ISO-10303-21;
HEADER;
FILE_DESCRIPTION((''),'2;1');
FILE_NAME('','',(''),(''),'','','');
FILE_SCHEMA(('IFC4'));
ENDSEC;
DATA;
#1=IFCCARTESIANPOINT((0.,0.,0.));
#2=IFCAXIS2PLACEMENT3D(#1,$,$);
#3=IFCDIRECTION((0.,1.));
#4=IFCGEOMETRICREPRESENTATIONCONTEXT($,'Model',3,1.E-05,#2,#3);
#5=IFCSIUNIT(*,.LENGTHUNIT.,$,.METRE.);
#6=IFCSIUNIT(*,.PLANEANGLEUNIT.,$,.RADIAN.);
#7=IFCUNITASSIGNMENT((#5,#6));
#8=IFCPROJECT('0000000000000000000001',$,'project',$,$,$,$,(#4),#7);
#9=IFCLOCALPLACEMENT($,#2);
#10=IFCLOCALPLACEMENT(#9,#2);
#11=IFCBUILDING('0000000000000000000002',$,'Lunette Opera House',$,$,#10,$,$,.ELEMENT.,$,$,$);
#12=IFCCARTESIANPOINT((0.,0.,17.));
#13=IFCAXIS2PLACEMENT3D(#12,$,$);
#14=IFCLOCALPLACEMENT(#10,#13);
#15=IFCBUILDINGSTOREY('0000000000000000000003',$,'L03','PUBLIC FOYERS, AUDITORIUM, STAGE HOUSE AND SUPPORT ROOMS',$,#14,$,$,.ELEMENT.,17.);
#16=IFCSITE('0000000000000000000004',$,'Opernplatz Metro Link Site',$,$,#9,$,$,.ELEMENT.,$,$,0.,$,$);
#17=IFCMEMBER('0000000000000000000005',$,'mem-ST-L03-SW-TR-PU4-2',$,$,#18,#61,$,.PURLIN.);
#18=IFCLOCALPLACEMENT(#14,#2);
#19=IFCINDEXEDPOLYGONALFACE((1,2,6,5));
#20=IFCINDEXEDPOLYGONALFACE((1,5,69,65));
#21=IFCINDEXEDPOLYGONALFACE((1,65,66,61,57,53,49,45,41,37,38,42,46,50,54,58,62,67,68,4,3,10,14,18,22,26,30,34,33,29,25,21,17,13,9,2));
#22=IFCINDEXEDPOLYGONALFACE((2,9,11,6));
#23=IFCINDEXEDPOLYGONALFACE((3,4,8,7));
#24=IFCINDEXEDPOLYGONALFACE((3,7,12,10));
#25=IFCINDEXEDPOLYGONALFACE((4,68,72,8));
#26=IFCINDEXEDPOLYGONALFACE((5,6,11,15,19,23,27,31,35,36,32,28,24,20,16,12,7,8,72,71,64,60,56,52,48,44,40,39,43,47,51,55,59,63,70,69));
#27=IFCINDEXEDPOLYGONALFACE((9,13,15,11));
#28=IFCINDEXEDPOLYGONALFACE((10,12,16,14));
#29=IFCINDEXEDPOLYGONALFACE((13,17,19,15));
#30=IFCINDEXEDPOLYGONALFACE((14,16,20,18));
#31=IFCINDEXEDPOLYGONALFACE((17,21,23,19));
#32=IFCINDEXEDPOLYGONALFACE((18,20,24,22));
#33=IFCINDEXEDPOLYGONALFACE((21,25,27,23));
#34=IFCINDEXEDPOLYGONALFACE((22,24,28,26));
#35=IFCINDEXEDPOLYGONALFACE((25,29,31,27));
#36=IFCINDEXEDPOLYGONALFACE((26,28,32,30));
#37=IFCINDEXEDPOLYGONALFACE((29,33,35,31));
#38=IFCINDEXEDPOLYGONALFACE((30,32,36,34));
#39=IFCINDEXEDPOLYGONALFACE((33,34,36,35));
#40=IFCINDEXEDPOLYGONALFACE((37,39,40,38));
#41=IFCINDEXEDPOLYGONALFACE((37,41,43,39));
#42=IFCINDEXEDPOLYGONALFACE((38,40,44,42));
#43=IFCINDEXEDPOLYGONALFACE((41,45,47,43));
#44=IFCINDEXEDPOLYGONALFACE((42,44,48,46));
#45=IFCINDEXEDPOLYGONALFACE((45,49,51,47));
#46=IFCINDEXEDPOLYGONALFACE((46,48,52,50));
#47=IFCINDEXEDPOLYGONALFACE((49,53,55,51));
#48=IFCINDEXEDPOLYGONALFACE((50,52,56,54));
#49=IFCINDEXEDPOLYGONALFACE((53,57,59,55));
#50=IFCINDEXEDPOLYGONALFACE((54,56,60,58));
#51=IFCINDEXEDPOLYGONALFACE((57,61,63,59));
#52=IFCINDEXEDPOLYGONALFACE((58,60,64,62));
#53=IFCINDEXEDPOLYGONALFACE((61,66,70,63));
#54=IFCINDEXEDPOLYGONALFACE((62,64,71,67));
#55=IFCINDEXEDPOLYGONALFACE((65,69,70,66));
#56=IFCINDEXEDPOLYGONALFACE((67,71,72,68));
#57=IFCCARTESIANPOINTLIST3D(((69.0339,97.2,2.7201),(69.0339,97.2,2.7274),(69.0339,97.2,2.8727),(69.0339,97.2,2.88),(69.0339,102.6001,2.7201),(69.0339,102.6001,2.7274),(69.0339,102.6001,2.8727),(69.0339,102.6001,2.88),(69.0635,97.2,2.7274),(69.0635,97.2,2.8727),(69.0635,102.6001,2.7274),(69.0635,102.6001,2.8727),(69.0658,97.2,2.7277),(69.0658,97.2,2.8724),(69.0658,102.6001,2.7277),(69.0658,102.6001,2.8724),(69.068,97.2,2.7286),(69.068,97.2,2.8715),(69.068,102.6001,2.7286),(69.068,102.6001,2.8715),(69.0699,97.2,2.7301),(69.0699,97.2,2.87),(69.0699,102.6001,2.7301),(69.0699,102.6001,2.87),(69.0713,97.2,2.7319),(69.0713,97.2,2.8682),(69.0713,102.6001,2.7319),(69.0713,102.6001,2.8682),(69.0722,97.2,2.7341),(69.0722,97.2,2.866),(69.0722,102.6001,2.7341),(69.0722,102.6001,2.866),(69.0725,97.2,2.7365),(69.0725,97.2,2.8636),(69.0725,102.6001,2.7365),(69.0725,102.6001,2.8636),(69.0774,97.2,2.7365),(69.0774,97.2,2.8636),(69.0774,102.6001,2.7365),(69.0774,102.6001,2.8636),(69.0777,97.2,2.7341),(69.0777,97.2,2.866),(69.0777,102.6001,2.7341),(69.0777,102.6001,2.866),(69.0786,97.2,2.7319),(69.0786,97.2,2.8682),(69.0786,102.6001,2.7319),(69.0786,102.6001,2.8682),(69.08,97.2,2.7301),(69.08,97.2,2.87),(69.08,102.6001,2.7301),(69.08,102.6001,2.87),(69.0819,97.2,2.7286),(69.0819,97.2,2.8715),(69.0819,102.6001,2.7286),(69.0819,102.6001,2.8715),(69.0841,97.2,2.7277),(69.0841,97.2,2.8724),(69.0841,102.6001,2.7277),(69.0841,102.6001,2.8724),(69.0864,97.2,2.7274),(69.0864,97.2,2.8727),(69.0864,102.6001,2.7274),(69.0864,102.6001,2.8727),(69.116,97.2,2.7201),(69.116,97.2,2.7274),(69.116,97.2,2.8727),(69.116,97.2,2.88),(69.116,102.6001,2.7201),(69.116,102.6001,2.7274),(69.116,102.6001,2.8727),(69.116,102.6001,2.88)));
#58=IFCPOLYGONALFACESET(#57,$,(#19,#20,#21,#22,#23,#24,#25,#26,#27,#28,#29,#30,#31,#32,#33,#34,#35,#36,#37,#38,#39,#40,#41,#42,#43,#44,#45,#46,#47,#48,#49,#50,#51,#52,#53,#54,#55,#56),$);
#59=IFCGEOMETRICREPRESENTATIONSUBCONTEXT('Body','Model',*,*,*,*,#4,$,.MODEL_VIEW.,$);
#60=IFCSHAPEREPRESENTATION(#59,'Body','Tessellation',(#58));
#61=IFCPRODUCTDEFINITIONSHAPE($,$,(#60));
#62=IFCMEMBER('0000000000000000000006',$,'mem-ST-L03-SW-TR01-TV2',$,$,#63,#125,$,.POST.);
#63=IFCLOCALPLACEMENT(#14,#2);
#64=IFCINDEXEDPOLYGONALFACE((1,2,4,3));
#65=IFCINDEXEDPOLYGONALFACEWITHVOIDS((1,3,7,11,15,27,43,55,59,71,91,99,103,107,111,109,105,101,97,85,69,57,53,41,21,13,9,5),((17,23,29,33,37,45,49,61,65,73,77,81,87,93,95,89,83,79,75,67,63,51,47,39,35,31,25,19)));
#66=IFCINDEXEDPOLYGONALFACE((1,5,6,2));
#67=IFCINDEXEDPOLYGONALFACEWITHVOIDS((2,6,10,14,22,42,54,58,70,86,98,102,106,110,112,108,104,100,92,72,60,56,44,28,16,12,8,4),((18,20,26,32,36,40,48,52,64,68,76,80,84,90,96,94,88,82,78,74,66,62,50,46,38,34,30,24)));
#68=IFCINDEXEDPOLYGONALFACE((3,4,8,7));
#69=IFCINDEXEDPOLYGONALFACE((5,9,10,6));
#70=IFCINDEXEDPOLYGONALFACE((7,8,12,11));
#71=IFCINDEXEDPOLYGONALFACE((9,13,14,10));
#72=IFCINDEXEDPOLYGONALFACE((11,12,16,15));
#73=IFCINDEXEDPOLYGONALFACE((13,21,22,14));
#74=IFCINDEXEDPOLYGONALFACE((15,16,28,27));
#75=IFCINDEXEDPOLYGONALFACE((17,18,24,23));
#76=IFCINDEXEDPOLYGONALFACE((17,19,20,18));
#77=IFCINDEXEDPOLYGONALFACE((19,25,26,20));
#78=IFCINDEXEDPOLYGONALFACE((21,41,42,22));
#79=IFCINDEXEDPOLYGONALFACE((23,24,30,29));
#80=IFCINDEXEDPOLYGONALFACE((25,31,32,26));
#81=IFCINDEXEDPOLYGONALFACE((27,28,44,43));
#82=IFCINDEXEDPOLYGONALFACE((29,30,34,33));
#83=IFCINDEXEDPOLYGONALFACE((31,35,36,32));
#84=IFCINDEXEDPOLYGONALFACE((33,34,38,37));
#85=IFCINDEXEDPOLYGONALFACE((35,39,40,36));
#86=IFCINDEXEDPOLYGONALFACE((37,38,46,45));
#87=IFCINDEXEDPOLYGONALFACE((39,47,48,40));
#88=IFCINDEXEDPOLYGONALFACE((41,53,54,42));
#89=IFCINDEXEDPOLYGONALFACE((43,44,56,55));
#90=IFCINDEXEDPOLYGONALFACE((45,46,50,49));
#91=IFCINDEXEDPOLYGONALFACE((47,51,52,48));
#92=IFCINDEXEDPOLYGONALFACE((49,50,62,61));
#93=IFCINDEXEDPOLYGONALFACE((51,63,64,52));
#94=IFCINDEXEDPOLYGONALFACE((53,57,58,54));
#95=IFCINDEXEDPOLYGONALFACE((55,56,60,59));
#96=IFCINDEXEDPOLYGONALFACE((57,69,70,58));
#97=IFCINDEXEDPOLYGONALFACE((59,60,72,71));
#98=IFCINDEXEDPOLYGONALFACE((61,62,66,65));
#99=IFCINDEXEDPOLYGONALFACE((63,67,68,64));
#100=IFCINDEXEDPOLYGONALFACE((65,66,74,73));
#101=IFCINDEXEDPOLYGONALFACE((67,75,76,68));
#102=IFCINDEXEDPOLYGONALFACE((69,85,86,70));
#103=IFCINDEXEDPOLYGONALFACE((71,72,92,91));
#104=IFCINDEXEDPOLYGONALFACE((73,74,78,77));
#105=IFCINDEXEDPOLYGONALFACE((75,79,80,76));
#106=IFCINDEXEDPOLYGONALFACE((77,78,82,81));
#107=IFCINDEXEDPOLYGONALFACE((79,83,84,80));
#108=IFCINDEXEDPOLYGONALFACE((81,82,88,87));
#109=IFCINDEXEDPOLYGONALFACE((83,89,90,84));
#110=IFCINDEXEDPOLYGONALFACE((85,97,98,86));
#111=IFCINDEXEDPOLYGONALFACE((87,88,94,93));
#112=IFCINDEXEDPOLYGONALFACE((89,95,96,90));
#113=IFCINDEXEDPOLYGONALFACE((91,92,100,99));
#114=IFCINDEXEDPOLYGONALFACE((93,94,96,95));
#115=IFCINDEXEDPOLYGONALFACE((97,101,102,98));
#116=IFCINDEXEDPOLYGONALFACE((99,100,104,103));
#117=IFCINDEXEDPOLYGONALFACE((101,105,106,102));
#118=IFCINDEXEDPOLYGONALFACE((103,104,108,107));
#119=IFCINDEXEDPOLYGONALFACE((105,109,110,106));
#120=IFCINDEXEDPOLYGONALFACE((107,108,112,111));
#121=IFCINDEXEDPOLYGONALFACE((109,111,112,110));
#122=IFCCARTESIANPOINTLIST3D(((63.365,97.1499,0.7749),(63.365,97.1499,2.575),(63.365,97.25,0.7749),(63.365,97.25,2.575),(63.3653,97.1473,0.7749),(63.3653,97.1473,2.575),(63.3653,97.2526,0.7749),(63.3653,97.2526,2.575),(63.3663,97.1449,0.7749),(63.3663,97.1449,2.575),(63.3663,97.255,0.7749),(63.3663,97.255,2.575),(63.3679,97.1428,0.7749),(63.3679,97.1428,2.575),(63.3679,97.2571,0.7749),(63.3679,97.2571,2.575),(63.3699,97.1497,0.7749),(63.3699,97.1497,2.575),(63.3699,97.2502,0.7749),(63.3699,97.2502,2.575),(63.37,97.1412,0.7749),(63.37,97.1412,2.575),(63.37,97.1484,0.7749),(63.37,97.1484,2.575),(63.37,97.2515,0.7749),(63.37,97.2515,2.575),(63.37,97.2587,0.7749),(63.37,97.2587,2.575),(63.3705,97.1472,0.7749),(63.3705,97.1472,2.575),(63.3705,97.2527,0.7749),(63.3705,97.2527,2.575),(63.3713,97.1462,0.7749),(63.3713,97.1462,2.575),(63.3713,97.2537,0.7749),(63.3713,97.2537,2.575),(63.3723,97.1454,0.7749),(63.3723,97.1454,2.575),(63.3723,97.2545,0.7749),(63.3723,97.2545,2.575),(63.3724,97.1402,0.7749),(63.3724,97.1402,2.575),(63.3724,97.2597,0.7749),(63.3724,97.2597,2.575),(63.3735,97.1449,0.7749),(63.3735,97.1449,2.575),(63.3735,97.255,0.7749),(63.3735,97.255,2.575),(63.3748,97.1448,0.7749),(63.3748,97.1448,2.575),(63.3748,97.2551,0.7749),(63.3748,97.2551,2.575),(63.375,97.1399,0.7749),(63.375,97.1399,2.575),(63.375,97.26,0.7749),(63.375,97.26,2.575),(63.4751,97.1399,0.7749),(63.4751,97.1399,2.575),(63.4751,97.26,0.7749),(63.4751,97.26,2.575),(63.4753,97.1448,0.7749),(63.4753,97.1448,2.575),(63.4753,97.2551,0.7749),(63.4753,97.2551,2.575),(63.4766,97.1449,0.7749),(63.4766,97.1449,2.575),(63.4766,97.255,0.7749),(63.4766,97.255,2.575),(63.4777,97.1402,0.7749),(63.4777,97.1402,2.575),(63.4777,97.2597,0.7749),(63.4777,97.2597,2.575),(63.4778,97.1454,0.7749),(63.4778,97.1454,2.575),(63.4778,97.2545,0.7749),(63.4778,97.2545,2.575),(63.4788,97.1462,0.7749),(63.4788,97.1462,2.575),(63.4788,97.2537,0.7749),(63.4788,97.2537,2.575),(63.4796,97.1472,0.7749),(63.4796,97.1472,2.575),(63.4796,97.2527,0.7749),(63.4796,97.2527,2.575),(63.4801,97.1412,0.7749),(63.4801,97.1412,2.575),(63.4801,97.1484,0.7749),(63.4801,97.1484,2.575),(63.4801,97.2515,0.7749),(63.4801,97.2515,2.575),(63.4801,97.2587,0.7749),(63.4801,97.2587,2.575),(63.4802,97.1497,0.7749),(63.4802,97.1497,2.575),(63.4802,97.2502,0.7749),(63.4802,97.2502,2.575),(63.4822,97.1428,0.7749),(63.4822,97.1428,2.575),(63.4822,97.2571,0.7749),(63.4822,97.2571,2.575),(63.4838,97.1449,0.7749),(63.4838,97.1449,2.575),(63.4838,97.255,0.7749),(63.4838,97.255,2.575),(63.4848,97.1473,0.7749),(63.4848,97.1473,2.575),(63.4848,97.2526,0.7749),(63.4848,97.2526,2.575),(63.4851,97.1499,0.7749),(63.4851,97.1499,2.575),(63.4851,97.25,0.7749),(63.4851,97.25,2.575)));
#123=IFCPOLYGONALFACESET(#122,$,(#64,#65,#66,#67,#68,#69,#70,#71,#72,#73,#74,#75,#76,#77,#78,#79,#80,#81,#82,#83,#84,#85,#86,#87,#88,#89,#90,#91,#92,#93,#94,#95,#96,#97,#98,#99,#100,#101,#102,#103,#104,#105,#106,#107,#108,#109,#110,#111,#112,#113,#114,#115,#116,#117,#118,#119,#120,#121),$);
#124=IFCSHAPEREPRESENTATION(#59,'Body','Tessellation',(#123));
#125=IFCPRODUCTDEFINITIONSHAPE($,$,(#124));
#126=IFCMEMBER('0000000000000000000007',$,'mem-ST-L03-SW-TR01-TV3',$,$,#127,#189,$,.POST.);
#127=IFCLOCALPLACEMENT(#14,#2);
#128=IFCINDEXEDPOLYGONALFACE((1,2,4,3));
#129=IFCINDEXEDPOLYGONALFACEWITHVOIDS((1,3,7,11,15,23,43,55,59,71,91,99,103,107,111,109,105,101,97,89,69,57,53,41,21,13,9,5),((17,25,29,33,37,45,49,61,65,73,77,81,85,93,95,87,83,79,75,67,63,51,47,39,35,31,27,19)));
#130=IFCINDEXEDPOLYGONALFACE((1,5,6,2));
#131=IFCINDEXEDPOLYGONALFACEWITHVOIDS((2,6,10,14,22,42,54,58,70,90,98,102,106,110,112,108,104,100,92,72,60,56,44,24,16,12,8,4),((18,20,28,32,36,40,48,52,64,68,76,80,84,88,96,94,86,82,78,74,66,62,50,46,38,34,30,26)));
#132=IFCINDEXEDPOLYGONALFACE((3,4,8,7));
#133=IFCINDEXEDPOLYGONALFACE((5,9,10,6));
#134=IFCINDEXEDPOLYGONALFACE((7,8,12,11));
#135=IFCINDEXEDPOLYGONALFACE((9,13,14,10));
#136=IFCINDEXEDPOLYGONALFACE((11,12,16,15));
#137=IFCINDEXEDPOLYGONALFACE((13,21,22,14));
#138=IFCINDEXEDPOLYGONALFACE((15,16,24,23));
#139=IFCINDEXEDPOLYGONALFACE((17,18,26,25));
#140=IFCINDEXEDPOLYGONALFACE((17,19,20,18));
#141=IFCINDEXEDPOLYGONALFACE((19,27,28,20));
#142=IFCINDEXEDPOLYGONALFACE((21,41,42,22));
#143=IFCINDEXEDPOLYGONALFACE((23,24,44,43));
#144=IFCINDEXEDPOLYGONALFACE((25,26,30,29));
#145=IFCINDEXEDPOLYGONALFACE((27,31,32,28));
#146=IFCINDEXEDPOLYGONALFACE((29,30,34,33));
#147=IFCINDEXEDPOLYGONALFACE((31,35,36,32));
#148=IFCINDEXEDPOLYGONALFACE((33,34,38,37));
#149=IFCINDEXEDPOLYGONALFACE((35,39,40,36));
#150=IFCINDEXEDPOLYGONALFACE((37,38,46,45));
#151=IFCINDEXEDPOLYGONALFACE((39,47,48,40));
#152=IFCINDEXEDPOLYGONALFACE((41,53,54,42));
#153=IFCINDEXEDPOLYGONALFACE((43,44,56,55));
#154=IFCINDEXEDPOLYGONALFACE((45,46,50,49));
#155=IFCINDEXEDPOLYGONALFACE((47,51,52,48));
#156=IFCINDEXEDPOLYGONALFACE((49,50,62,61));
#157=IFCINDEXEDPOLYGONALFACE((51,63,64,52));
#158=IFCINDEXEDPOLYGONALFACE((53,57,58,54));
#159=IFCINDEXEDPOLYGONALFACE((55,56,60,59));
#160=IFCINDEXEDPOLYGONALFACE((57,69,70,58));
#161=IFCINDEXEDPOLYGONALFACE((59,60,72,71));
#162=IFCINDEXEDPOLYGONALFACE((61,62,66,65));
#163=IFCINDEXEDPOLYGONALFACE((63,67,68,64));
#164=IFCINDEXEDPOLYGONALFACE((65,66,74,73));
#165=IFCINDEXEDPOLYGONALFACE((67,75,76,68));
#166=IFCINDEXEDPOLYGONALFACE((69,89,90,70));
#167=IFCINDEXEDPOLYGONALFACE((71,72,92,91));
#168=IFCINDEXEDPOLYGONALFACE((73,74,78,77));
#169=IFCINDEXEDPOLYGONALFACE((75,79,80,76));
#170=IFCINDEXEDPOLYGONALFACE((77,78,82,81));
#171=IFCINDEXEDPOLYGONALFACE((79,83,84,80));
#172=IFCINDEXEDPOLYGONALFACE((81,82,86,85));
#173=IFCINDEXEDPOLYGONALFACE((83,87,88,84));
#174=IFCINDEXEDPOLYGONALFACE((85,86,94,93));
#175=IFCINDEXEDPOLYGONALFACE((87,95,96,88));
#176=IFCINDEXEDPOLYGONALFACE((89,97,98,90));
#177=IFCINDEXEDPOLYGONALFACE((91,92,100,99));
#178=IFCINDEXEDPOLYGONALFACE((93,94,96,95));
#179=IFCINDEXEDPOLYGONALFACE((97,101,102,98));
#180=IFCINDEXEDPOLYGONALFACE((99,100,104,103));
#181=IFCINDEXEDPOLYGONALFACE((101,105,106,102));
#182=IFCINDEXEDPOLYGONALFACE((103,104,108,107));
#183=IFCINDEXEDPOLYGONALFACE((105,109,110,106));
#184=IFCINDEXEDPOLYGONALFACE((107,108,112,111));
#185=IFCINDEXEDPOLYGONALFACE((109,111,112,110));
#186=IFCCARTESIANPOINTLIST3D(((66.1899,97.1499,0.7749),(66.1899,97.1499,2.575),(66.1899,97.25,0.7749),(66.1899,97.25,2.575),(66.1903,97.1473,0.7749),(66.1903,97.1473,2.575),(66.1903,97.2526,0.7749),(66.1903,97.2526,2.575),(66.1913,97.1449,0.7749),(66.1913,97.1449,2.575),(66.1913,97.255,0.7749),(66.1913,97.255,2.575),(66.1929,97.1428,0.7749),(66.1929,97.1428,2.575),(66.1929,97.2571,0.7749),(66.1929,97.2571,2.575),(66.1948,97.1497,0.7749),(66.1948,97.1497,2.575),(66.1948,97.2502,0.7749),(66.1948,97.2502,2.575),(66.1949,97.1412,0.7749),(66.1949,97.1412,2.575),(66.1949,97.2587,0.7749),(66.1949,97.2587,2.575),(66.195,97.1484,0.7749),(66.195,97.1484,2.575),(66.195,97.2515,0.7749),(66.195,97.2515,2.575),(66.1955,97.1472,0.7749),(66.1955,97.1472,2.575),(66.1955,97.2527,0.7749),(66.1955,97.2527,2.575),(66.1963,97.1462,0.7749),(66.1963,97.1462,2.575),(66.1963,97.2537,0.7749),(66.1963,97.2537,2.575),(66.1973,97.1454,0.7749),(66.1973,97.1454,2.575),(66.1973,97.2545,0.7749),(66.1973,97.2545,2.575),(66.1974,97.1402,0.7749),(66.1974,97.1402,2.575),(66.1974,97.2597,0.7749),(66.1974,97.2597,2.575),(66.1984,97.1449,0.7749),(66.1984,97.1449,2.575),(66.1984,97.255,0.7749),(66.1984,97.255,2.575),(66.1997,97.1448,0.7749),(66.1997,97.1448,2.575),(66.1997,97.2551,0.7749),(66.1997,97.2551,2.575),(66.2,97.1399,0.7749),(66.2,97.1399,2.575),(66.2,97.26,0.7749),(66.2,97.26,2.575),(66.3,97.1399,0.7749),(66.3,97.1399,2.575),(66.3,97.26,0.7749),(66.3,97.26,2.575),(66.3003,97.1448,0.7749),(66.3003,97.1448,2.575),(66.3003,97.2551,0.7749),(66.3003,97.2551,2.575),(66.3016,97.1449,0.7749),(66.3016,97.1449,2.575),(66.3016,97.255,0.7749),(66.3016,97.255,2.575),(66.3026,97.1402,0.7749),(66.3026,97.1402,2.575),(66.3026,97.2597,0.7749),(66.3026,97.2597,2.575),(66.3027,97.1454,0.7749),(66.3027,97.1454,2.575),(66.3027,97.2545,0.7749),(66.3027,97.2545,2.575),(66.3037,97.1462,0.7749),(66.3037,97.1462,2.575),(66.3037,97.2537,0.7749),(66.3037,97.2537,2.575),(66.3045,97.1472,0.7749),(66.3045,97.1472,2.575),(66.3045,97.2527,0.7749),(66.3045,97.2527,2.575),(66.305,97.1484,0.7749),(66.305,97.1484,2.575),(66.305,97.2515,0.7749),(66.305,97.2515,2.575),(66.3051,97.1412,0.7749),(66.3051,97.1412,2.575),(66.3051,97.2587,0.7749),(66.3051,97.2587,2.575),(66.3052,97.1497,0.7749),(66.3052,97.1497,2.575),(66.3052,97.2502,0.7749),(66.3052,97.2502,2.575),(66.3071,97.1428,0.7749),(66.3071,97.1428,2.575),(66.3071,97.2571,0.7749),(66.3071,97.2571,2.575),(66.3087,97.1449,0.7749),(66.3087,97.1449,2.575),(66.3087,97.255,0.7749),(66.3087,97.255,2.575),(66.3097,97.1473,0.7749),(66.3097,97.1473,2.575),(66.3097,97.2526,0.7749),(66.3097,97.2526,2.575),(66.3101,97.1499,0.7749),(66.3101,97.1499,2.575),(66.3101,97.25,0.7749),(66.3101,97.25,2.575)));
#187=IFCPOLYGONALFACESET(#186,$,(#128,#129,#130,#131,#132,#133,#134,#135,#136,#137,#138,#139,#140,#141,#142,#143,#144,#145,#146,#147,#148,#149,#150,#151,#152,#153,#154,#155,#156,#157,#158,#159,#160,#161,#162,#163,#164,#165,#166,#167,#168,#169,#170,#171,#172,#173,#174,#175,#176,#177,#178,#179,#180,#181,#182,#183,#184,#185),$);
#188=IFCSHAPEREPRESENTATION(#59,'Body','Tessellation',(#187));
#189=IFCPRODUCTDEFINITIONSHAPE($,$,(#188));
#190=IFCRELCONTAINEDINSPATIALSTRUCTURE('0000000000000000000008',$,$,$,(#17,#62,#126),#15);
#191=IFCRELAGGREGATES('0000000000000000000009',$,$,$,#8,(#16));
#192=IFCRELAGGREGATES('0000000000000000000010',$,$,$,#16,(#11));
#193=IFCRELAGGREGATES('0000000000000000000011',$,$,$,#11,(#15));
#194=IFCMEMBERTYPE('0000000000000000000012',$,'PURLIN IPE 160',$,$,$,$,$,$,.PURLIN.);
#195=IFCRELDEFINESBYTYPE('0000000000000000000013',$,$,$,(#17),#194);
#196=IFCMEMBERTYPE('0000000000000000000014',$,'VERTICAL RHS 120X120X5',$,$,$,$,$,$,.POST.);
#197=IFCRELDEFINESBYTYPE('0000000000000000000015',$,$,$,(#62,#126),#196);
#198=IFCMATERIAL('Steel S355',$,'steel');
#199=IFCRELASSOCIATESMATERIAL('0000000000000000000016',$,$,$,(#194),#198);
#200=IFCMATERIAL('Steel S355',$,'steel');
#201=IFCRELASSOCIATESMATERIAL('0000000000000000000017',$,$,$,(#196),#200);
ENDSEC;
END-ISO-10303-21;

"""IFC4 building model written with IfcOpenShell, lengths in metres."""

from ifc_helpers import new_model, si_unit, direction, frame, origin, origin_2d, place, context, subcontext, project, spatial, hollow_rectangle, i_section, extrude, material, material_profile, profile_set, type_object, element, save


model = new_model("IFC4")

# Units and contexts
model_context = context("Model", 3, precision=1e-05, world=origin(), true_north=direction((0.0, 1.0)))
body_context = subcontext(model_context, "Body", "Model", "MODEL_VIEW")
ifc_project = project(units=[si_unit("LENGTHUNIT", "METRE"), si_unit("PLANEANGLEUNIT", "RADIAN")], contexts=[model_context])

# Site, building, storey
site_placement = place(None, origin())
site = spatial("IfcSite", under=ifc_project, at=site_placement, Name="Opernplatz Metro Link Site", CompositionType="ELEMENT", RefElevation=0.0)
building_placement = place(site_placement, origin())
building = spatial("IfcBuilding", under=site, at=building_placement, Name="Lunette Opera House", CompositionType="ELEMENT")
storey_placement = place(building_placement, frame((0.0, 0.0, 17.0)))
storey = spatial("IfcBuildingStorey", under=building, at=storey_placement, Name="L03", Description="PUBLIC FOYERS, AUDITORIUM, STAGE HOUSE AND SUPPORT ROOMS", CompositionType="ELEMENT", Elevation=17.0)

# Members
ifc_material_1 = material(Name="Steel S355", Category="steel")
ifc_material_profile_1 = material_profile(ifc_material_1, i_section(OverallWidth=0.082, OverallDepth=0.1599, WebThickness=0.0049, FlangeThickness=0.0073, FilletRadius=0.009, at=origin_2d()), Name="IPE 160")
ifc_profile_set_1 = profile_set([ifc_material_profile_1], Name="Steel S355")
member_type_1 = type_object("IfcMemberType", Name="PURLIN IPE 160", PredefinedType="PURLIN", material=ifc_profile_set_1)
for number, where, z_axis, x_axis, name in (
    (1, (69.075, 97.2, 2.8), (0.0, 1.0, 0.0), (-1.0, 0.0, 0.0), "mem-ST-L03-SW-TR-PU4-2"),
):
    element("IfcMember", number, at=place(storey_placement, frame(where, z_axis=z_axis, x_axis=x_axis)), inside=storey, type_object=member_type_1, Name=name, PredefinedType="PURLIN", context=body_context, shape_type="SweptSolid", body=[
        extrude(i_section(OverallWidth=0.082, OverallDepth=0.1599, WebThickness=0.0049, FlangeThickness=0.0073, FilletRadius=0.009, at=origin_2d()), origin(), (0.0, 0.0, 1.0), 5.4001),
    ])
ifc_material_2 = material(Name="Steel S355", Category="steel")
ifc_material_profile_2 = material_profile(ifc_material_2, hollow_rectangle(XDim=0.1201, YDim=0.1201, WallThickness=0.0049, InnerFilletRadius=0.0049, OuterFilletRadius=0.01, at=origin_2d()), Name="RHS 120X120X5")
ifc_profile_set_2 = profile_set([ifc_material_profile_2], Name="Steel S355")
member_type_2 = type_object("IfcMemberType", Name="VERTICAL RHS 120X120X5", PredefinedType="POST", material=ifc_profile_set_2)
for number, where, z_axis, x_axis, name in (
    (2, (63.425, 97.2, 0.7749), (0.0, 0.0, 1.0), (1.0, 0.0, 0.0), "mem-ST-L03-SW-TR01-TV2"),
    (3, (66.25, 97.2, 0.7749), (0.0, 0.0, 1.0), (1.0, 0.0, 0.0), "mem-ST-L03-SW-TR01-TV3"),
):
    element("IfcMember", number, at=place(storey_placement, frame(where, z_axis=z_axis, x_axis=x_axis)), inside=storey, type_object=member_type_2, Name=name, PredefinedType="POST", context=body_context, shape_type="SweptSolid", body=[
        extrude(hollow_rectangle(XDim=0.1201, YDim=0.1201, WallThickness=0.0049, InnerFilletRadius=0.0049, OuterFilletRadius=0.01, at=origin_2d()), origin(), (0.0, 0.0, 1.0), 1.8),
    ])

save(model, "model.ifc")
